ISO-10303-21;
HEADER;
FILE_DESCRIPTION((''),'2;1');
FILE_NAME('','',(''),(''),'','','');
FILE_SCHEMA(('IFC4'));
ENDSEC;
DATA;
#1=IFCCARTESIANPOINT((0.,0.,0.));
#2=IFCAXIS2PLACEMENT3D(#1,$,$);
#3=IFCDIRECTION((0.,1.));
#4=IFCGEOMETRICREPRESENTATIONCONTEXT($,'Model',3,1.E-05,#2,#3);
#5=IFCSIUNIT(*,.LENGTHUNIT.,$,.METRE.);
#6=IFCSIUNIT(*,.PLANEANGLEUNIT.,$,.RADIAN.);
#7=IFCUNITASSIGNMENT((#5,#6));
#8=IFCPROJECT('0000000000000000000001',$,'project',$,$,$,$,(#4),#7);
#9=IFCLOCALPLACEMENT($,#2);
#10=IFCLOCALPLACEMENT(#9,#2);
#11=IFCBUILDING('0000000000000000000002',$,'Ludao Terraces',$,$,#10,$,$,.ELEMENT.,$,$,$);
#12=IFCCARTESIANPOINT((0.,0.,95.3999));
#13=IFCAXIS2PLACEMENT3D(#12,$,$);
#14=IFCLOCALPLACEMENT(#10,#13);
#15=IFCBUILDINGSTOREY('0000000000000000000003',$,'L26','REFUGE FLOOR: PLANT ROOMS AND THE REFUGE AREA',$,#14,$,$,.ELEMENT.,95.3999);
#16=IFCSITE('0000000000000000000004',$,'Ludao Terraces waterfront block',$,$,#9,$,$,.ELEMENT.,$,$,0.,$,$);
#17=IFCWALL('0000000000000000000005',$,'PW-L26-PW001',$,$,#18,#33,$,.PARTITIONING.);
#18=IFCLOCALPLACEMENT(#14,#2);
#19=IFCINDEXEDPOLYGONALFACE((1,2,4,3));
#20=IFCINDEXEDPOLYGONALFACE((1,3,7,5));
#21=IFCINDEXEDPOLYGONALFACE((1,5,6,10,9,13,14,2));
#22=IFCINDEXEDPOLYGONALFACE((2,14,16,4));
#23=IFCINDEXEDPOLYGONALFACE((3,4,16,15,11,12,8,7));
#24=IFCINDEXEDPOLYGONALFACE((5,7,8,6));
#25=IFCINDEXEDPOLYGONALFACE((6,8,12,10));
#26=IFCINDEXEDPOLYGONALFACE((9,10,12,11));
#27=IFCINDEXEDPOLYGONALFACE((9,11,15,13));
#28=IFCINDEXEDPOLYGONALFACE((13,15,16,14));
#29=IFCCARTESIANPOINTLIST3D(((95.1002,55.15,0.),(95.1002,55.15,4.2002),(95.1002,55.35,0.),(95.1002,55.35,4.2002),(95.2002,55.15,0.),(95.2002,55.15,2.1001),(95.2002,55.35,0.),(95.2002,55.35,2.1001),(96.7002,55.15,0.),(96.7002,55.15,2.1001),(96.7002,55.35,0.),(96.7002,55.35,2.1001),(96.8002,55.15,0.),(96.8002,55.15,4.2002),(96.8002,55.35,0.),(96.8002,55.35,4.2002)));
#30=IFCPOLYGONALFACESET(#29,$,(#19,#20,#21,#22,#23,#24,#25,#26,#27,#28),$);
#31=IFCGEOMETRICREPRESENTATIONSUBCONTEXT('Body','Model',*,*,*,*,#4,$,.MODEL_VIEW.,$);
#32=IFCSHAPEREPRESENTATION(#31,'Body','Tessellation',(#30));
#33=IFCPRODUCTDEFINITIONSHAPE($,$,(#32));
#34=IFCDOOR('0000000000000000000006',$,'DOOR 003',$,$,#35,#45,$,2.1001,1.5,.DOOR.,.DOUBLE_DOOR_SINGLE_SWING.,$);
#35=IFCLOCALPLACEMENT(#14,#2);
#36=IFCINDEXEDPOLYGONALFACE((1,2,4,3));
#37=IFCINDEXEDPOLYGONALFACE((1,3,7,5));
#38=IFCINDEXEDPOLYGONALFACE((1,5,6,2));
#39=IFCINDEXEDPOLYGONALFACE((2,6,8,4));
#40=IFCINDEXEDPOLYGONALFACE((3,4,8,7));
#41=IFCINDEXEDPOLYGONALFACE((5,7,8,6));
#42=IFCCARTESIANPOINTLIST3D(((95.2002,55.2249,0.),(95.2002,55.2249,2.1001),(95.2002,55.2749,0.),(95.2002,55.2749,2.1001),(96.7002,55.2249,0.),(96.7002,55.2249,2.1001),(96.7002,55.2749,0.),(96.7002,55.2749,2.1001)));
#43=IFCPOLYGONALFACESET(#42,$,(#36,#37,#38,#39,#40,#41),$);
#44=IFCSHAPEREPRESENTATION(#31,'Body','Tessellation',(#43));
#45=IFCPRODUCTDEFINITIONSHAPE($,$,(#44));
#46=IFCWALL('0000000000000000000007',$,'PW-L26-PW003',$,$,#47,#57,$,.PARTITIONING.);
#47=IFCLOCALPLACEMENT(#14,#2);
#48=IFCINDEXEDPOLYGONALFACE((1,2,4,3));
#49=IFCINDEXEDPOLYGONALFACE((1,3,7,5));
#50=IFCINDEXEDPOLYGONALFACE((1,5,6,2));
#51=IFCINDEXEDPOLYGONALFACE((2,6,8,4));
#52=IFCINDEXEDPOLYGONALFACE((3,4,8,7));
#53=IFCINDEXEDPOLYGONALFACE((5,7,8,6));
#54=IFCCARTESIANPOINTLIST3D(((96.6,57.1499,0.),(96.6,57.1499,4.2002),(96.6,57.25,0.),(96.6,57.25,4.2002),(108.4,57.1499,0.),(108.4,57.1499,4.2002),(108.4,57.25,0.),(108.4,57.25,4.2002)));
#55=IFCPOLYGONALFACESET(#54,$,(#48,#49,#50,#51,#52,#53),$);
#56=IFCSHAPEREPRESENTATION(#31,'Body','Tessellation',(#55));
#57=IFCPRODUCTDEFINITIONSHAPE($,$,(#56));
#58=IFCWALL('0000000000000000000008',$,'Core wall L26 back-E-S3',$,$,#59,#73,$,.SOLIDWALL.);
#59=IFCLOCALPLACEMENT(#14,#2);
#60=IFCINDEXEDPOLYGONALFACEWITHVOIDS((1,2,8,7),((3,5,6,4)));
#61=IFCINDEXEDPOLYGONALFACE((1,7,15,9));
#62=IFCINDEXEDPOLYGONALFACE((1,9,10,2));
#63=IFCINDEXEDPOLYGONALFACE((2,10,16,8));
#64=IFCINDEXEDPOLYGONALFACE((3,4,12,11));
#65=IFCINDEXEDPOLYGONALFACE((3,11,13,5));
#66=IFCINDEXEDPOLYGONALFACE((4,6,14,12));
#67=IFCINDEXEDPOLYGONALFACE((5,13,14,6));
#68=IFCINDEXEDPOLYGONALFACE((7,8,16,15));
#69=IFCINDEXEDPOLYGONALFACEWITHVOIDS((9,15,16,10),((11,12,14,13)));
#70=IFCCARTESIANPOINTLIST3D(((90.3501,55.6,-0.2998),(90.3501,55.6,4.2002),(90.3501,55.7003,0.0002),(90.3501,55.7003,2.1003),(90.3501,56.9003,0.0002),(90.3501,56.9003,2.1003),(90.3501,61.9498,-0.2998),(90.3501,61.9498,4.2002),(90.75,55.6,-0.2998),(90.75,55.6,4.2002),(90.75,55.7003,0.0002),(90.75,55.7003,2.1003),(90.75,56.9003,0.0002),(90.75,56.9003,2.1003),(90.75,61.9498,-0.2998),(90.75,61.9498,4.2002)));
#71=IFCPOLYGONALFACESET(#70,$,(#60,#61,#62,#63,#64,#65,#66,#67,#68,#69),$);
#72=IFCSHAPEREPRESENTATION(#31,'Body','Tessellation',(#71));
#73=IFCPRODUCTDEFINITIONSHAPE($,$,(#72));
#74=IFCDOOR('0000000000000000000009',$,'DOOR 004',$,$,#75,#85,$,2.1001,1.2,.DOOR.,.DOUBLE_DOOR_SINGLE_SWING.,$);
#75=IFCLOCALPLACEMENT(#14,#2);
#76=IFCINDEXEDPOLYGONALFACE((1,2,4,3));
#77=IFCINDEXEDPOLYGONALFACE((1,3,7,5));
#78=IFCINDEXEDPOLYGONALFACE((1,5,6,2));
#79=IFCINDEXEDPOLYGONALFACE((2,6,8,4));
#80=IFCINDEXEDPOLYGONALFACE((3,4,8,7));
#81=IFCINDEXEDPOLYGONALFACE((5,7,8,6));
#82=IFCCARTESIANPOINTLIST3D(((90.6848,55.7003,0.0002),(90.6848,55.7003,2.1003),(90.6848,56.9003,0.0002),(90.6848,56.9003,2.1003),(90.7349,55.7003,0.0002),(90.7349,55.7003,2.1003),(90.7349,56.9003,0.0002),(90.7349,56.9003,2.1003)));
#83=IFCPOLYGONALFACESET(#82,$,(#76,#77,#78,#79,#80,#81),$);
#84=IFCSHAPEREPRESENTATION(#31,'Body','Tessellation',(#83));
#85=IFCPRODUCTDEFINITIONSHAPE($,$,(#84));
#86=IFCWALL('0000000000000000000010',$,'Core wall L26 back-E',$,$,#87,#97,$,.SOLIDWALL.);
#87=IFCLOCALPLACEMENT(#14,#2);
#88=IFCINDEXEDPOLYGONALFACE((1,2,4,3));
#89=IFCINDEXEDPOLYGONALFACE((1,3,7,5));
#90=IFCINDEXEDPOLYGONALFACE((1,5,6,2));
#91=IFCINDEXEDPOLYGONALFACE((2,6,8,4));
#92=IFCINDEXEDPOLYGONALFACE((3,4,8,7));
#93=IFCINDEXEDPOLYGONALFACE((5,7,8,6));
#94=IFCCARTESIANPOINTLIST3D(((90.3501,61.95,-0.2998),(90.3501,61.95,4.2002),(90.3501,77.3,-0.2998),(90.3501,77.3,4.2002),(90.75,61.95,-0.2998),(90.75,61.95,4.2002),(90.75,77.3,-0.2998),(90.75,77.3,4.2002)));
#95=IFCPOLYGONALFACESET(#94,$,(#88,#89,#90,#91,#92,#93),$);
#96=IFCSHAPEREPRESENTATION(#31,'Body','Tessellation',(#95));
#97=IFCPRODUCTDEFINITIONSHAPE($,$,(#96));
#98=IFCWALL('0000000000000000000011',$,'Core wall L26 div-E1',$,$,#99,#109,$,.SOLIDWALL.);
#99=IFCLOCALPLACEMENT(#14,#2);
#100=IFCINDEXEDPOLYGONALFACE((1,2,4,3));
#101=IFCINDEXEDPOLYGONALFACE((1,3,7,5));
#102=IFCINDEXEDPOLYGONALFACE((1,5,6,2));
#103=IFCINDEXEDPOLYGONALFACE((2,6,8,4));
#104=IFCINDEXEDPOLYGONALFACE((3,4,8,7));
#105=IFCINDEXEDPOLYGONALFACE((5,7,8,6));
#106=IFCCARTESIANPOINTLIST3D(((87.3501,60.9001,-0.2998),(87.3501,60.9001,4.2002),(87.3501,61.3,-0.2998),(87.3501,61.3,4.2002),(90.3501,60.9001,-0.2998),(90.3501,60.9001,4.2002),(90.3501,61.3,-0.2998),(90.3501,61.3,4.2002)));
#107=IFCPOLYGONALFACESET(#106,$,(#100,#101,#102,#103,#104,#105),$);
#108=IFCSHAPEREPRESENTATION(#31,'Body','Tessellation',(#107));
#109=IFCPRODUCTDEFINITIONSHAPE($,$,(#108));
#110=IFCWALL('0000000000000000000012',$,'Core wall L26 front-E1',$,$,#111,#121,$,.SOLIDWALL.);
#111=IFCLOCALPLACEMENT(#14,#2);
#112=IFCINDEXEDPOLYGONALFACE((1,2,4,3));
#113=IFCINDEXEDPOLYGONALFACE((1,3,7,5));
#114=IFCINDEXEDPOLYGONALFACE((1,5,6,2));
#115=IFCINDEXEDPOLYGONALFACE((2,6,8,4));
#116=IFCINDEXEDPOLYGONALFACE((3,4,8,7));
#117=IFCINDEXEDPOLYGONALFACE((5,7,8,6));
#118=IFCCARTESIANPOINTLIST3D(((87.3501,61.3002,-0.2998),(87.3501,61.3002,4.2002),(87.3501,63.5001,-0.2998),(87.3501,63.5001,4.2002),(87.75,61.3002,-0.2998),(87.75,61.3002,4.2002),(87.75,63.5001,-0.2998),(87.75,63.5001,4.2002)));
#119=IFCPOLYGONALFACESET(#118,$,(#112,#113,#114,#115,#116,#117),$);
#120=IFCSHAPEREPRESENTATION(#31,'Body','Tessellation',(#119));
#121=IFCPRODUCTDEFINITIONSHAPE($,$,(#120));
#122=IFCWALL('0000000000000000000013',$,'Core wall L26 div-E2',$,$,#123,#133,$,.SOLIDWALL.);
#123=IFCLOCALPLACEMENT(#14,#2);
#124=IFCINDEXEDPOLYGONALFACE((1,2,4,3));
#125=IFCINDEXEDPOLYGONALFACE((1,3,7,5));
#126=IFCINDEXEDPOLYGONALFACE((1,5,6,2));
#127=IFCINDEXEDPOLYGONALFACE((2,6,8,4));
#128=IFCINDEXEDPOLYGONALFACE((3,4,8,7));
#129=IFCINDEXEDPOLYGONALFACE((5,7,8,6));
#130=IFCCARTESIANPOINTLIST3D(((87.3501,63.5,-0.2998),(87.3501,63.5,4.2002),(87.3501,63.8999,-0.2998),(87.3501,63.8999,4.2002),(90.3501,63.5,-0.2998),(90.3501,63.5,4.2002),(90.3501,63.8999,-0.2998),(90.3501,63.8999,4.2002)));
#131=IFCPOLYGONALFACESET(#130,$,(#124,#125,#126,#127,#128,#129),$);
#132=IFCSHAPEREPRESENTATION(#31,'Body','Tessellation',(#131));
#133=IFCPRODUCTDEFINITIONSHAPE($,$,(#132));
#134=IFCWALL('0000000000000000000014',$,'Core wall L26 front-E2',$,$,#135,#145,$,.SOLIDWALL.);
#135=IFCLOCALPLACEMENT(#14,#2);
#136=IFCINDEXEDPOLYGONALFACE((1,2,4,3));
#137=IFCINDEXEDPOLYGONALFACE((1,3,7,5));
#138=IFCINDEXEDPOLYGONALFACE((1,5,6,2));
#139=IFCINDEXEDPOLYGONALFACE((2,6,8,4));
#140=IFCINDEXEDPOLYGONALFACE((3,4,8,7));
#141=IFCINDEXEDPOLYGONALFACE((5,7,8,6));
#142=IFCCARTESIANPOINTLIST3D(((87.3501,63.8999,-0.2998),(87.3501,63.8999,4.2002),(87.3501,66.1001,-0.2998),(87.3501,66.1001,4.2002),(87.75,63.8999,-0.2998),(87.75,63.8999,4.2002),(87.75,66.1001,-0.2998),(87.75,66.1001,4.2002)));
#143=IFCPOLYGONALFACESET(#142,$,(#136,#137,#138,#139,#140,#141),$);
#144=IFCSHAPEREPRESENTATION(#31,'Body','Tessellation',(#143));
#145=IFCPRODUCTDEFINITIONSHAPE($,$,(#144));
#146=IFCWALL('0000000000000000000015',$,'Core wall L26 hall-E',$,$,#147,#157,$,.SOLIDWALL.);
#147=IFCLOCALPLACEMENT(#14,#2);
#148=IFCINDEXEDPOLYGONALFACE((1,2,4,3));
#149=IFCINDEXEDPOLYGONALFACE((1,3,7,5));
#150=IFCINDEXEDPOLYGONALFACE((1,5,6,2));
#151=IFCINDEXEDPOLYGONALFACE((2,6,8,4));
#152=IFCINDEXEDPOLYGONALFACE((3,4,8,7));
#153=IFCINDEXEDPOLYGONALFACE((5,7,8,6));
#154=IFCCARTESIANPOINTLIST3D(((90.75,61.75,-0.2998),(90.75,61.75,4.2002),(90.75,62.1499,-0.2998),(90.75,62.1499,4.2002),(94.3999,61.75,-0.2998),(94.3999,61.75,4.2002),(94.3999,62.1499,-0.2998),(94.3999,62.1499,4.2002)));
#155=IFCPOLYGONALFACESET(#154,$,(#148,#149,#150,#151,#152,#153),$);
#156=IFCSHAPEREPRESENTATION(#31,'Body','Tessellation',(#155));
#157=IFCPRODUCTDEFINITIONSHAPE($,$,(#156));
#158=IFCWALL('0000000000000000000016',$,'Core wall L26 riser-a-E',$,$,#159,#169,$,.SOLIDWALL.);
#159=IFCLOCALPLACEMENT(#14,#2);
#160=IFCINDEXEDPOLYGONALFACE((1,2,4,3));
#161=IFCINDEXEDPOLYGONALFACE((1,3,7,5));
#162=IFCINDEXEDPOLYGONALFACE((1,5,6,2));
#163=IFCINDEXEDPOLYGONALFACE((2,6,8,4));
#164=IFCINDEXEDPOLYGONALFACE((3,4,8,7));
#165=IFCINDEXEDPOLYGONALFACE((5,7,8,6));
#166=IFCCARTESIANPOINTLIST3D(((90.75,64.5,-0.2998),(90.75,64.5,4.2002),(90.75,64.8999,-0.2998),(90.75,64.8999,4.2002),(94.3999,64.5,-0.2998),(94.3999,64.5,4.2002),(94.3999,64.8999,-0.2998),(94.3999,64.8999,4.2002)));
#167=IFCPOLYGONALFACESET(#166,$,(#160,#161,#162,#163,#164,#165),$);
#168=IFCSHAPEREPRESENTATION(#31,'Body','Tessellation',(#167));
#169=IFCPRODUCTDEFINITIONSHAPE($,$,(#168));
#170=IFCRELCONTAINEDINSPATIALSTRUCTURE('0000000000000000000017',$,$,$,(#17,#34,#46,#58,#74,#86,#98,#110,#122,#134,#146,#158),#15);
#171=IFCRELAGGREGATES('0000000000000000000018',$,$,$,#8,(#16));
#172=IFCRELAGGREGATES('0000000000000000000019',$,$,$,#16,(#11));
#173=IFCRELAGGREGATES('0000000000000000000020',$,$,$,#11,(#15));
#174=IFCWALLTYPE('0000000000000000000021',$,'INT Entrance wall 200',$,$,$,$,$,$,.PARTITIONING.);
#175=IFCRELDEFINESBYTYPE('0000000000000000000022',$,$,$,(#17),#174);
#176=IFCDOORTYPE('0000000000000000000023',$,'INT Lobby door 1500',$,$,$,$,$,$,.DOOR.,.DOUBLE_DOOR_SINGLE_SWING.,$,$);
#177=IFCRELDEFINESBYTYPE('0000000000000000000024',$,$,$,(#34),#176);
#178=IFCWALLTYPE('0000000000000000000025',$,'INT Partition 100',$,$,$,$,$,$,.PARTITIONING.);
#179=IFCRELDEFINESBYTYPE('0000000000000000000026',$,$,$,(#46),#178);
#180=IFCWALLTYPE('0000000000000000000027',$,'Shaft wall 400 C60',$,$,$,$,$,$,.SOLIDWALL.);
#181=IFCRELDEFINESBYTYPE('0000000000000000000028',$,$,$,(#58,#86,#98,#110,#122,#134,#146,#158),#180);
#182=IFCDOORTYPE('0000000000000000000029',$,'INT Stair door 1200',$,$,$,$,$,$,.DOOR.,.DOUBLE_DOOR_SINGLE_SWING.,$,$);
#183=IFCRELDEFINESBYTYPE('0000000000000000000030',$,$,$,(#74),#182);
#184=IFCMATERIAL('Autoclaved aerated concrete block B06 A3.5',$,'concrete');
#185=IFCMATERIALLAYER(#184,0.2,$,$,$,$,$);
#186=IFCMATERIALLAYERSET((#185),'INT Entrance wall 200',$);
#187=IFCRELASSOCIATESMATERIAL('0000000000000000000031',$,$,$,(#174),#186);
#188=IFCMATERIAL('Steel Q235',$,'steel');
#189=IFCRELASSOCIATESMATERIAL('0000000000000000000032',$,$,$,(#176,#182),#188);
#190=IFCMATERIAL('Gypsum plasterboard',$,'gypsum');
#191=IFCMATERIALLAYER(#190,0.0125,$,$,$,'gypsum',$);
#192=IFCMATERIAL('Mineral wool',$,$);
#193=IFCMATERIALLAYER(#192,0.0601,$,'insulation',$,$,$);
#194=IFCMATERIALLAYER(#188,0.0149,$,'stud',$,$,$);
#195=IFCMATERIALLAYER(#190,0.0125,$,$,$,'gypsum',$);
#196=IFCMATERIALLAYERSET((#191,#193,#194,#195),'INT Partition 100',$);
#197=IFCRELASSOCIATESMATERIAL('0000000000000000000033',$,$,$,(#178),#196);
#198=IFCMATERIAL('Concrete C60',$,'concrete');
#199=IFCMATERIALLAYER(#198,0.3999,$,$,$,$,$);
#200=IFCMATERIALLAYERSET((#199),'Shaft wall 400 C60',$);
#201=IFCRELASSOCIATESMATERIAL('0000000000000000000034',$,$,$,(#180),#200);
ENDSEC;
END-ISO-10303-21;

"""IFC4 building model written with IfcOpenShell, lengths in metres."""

from ifc_helpers import new_model, si_unit, direction, frame, frame_2d, origin, place, context, subcontext, project, spatial, rectangle, extrude, material, layer, layer_set, type_object, element, fill, save


model = new_model("IFC4")

# Units and contexts
model_context = context("Model", 3, precision=1e-05, world=origin(), true_north=direction((0.0, 1.0)))
body_context = subcontext(model_context, "Body", "Model", "MODEL_VIEW")
ifc_project = project(units=[si_unit("LENGTHUNIT", "METRE"), si_unit("PLANEANGLEUNIT", "RADIAN")], contexts=[model_context])

# Site, building, storey
site_placement = place(None, origin())
site = spatial("IfcSite", under=ifc_project, at=site_placement, Name="Ludao Terraces waterfront block", CompositionType="ELEMENT", RefElevation=0.0)
building_placement = place(site_placement, origin())
building = spatial("IfcBuilding", under=site, at=building_placement, Name="Ludao Terraces", CompositionType="ELEMENT")
storey_placement = place(building_placement, frame((0.0, 0.0, 95.3999)))
storey = spatial("IfcBuildingStorey", under=building, at=storey_placement, Name="L26", Description="REFUGE FLOOR: PLANT ROOMS AND THE REFUGE AREA", CompositionType="ELEMENT", Elevation=95.3999)

# Shared definitions
ifc_material_1 = material(Name="Steel Q235", Category="steel")

# Wall, opening, door
ifc_material_2 = material(Name="Autoclaved aerated concrete block B06 A3.5", Category="concrete")
ifc_layer_1 = layer(ifc_material_2, 0.2)
ifc_layer_set_1 = layer_set([ifc_layer_1], Name="INT Entrance wall 200")
wall_type_1 = type_object("IfcWallType", Name="INT Entrance wall 200", PredefinedType="PARTITIONING", material=ifc_layer_set_1)
wall_1_placement = place(storey_placement, frame((95.1001, 55.25, 0.0), z_axis=(0.0, 0.0, 1.0), x_axis=(1.0, 0.0, 0.0)))
wall_1 = element("IfcWall", 1, at=wall_1_placement, inside=storey, type_object=wall_type_1, Name="PW-L26-PW001", PredefinedType="PARTITIONING", context=body_context, shape_type="SweptSolid", body=[
    extrude(rectangle(XDim=1.7, YDim=0.2, at=frame_2d((0.8501, 0.0))), origin(), (0.0, 0.0, 1.0), 4.2002),
])
opening_1_placement = place(wall_1_placement, frame((0.1001, 0.0, 0.0)))
opening_1 = element("IfcOpeningElement", 2, at=opening_1_placement, cuts=wall_1, PredefinedType="OPENING", context=body_context, shape_type="SweptSolid", body=[
    extrude(rectangle(XDim=1.5, YDim=2.1001, at=frame_2d((0.75, 1.05))), frame((0.0, 0.1099, 0.0), z_axis=(0.0, -1.0, 0.0), x_axis=(1.0, 0.0, 0.0)), (0.0, 0.0, 1.0), 0.22),
])
door_type_1 = type_object("IfcDoorType", Name="INT Lobby door 1500", OperationType="DOUBLE_DOOR_SINGLE_SWING", PredefinedType="DOOR", material=ifc_material_1)
door_1_placement = place(opening_1_placement, origin())
door_1 = element("IfcDoor", 3, at=door_1_placement, inside=storey, type_object=door_type_1, Name="DOOR 003", OperationType="DOUBLE_DOOR_SINGLE_SWING", OverallHeight=2.1001, OverallWidth=1.5, PredefinedType="DOOR", context=body_context, shape_type="SweptSolid", body=[
    extrude(rectangle(XDim=1.5, YDim=2.1001, at=frame_2d((0.75, 1.05))), frame((0.0, 0.0249, 0.0), z_axis=(0.0, -1.0, 0.0), x_axis=(1.0, 0.0, 0.0)), (0.0, 0.0, 1.0), 0.05),
])
fill(opening_1, door_1)

# Wall
ifc_material_3 = material(Name="Gypsum plasterboard", Category="gypsum")
ifc_layer_2 = layer(ifc_material_3, 0.0125, Category="gypsum")
ifc_material_4 = material(Name="Mineral wool")
ifc_layer_3 = layer(ifc_material_4, 0.0601, Name="insulation")
ifc_layer_4 = layer(ifc_material_1, 0.0149, Name="stud")
ifc_layer_5 = layer(ifc_material_3, 0.0125, Category="gypsum")
ifc_layer_set_2 = layer_set([ifc_layer_2, ifc_layer_3, ifc_layer_4, ifc_layer_5], Name="INT Partition 100")
wall_type_2 = type_object("IfcWallType", Name="INT Partition 100", PredefinedType="PARTITIONING", material=ifc_layer_set_2)
wall_2_placement = place(storey_placement, frame((96.6001, 57.2, 0.0), z_axis=(0.0, 0.0, 1.0), x_axis=(1.0, 0.0, 0.0)))
element("IfcWall", 4, at=wall_2_placement, inside=storey, type_object=wall_type_2, Name="PW-L26-PW003", PredefinedType="PARTITIONING", context=body_context, shape_type="SweptSolid", body=[
    extrude(rectangle(XDim=11.8, YDim=0.1001, at=frame_2d((5.8999, 0.0))), origin(), (0.0, 0.0, 1.0), 4.2002),
])

# Wall, opening, door
ifc_material_5 = material(Name="Concrete C60", Category="concrete")
ifc_layer_6 = layer(ifc_material_5, 0.3999)
ifc_layer_set_3 = layer_set([ifc_layer_6], Name="Shaft wall 400 C60")
wall_type_3 = type_object("IfcWallType", Name="Shaft wall 400 C60", PredefinedType="SOLIDWALL", material=ifc_layer_set_3)
wall_3_placement = place(storey_placement, frame((90.55, 55.6001, -0.2998), z_axis=(0.0, 0.0, 1.0), x_axis=(0.0, 1.0, 0.0)))
wall_3 = element("IfcWall", 5, at=wall_3_placement, inside=storey, type_object=wall_type_3, Name="Core wall L26 back-E-S3", PredefinedType="SOLIDWALL", context=body_context, shape_type="SweptSolid", body=[
    extrude(rectangle(XDim=6.3499, YDim=0.3999, at=frame_2d((3.1748, 0.0))), origin(), (0.0, 0.0, 1.0), 4.5),
])
opening_2_placement = place(wall_3_placement, frame((0.1001, 0.0, 0.3)))
opening_2 = element("IfcOpeningElement", 6, at=opening_2_placement, cuts=wall_3, PredefinedType="OPENING", context=body_context, shape_type="SweptSolid", body=[
    extrude(rectangle(XDim=1.2, YDim=2.1001, at=frame_2d((0.6001, 1.05))), frame((0.0, 0.21, 0.0), z_axis=(0.0, -1.0, 0.0), x_axis=(1.0, 0.0, 0.0)), (0.0, 0.0, 1.0), 0.4199),
])
door_type_2 = type_object("IfcDoorType", Name="INT Stair door 1200", OperationType="DOUBLE_DOOR_SINGLE_SWING", PredefinedType="DOOR", material=ifc_material_1)
door_2_placement = place(opening_2_placement, origin())
door_2 = element("IfcDoor", 7, at=door_2_placement, inside=storey, type_object=door_type_2, Name="DOOR 004", OperationType="DOUBLE_DOOR_SINGLE_SWING", OverallHeight=2.1001, OverallWidth=1.2, PredefinedType="DOOR", context=body_context, shape_type="SweptSolid", body=[
    extrude(rectangle(XDim=1.2, YDim=2.1001, at=frame_2d((0.6001, 1.05))), frame((0.0, -0.1348, 0.0), z_axis=(0.0, -1.0, 0.0), x_axis=(1.0, 0.0, 0.0)), (0.0, 0.0, 1.0), 0.05),
])
fill(opening_2, door_2)

# Walls
wall_4_placement = place(storey_placement, frame((90.55, 61.95, -0.2998), z_axis=(0.0, 0.0, 1.0), x_axis=(0.0, 1.0, 0.0)))
element("IfcWall", 8, at=wall_4_placement, inside=storey, type_object=wall_type_3, Name="Core wall L26 back-E", PredefinedType="SOLIDWALL", context=body_context, shape_type="SweptSolid", body=[
    extrude(rectangle(XDim=15.3501, YDim=0.3999, at=frame_2d((7.675, 0.0))), origin(), (0.0, 0.0, 1.0), 4.5),
])
wall_5_placement = place(storey_placement, frame((87.3501, 61.1001, -0.2998), z_axis=(0.0, 0.0, 1.0), x_axis=(1.0, 0.0, 0.0)))
element("IfcWall", 9, at=wall_5_placement, inside=storey, type_object=wall_type_3, Name="Core wall L26 div-E1", PredefinedType="SOLIDWALL", context=body_context, shape_type="SweptSolid", body=[
    extrude(rectangle(XDim=3.0, YDim=0.3999, at=frame_2d((1.5, 0.0))), origin(), (0.0, 0.0, 1.0), 4.5),
])
wall_6_placement = place(storey_placement, frame((87.55, 61.3, -0.2998), z_axis=(0.0, 0.0, 1.0), x_axis=(0.0, 1.0, 0.0)))
element("IfcWall", 10, at=wall_6_placement, inside=storey, type_object=wall_type_3, Name="Core wall L26 front-E1", PredefinedType="SOLIDWALL", context=body_context, shape_type="SweptSolid", body=[
    extrude(rectangle(XDim=2.2, YDim=0.3999, at=frame_2d((1.1001, 0.0))), origin(), (0.0, 0.0, 1.0), 4.5),
])
wall_7_placement = place(storey_placement, frame((87.3501, 63.7, -0.2998), z_axis=(0.0, 0.0, 1.0), x_axis=(1.0, 0.0, 0.0)))
element("IfcWall", 11, at=wall_7_placement, inside=storey, type_object=wall_type_3, Name="Core wall L26 div-E2", PredefinedType="SOLIDWALL", context=body_context, shape_type="SweptSolid", body=[
    extrude(rectangle(XDim=3.0, YDim=0.3999, at=frame_2d((1.5, 0.0))), origin(), (0.0, 0.0, 1.0), 4.5),
])
wall_8_placement = place(storey_placement, frame((87.55, 63.8999, -0.2998), z_axis=(0.0, 0.0, 1.0), x_axis=(0.0, 1.0, 0.0)))
element("IfcWall", 12, at=wall_8_placement, inside=storey, type_object=wall_type_3, Name="Core wall L26 front-E2", PredefinedType="SOLIDWALL", context=body_context, shape_type="SweptSolid", body=[
    extrude(rectangle(XDim=2.2002, YDim=0.3999, at=frame_2d((1.1001, 0.0))), origin(), (0.0, 0.0, 1.0), 4.5),
])
for number, where, z_axis, x_axis, name in (
    (13, (90.75, 61.95, -0.2998), (0.0, 0.0, 1.0), (1.0, 0.0, 0.0), "Core wall L26 hall-E"),
    (14, (90.75, 64.7, -0.2998), (0.0, 0.0, 1.0), (1.0, 0.0, 0.0), "Core wall L26 riser-a-E"),
):
    element("IfcWall", number, at=place(storey_placement, frame(where, z_axis=z_axis, x_axis=x_axis)), inside=storey, type_object=wall_type_3, Name=name, PredefinedType="SOLIDWALL", context=body_context, shape_type="SweptSolid", body=[
        extrude(rectangle(XDim=3.6499, YDim=0.3999, at=frame_2d((1.825, 0.0))), origin(), (0.0, 0.0, 1.0), 4.5),
    ])

save(model, "model.ifc")
